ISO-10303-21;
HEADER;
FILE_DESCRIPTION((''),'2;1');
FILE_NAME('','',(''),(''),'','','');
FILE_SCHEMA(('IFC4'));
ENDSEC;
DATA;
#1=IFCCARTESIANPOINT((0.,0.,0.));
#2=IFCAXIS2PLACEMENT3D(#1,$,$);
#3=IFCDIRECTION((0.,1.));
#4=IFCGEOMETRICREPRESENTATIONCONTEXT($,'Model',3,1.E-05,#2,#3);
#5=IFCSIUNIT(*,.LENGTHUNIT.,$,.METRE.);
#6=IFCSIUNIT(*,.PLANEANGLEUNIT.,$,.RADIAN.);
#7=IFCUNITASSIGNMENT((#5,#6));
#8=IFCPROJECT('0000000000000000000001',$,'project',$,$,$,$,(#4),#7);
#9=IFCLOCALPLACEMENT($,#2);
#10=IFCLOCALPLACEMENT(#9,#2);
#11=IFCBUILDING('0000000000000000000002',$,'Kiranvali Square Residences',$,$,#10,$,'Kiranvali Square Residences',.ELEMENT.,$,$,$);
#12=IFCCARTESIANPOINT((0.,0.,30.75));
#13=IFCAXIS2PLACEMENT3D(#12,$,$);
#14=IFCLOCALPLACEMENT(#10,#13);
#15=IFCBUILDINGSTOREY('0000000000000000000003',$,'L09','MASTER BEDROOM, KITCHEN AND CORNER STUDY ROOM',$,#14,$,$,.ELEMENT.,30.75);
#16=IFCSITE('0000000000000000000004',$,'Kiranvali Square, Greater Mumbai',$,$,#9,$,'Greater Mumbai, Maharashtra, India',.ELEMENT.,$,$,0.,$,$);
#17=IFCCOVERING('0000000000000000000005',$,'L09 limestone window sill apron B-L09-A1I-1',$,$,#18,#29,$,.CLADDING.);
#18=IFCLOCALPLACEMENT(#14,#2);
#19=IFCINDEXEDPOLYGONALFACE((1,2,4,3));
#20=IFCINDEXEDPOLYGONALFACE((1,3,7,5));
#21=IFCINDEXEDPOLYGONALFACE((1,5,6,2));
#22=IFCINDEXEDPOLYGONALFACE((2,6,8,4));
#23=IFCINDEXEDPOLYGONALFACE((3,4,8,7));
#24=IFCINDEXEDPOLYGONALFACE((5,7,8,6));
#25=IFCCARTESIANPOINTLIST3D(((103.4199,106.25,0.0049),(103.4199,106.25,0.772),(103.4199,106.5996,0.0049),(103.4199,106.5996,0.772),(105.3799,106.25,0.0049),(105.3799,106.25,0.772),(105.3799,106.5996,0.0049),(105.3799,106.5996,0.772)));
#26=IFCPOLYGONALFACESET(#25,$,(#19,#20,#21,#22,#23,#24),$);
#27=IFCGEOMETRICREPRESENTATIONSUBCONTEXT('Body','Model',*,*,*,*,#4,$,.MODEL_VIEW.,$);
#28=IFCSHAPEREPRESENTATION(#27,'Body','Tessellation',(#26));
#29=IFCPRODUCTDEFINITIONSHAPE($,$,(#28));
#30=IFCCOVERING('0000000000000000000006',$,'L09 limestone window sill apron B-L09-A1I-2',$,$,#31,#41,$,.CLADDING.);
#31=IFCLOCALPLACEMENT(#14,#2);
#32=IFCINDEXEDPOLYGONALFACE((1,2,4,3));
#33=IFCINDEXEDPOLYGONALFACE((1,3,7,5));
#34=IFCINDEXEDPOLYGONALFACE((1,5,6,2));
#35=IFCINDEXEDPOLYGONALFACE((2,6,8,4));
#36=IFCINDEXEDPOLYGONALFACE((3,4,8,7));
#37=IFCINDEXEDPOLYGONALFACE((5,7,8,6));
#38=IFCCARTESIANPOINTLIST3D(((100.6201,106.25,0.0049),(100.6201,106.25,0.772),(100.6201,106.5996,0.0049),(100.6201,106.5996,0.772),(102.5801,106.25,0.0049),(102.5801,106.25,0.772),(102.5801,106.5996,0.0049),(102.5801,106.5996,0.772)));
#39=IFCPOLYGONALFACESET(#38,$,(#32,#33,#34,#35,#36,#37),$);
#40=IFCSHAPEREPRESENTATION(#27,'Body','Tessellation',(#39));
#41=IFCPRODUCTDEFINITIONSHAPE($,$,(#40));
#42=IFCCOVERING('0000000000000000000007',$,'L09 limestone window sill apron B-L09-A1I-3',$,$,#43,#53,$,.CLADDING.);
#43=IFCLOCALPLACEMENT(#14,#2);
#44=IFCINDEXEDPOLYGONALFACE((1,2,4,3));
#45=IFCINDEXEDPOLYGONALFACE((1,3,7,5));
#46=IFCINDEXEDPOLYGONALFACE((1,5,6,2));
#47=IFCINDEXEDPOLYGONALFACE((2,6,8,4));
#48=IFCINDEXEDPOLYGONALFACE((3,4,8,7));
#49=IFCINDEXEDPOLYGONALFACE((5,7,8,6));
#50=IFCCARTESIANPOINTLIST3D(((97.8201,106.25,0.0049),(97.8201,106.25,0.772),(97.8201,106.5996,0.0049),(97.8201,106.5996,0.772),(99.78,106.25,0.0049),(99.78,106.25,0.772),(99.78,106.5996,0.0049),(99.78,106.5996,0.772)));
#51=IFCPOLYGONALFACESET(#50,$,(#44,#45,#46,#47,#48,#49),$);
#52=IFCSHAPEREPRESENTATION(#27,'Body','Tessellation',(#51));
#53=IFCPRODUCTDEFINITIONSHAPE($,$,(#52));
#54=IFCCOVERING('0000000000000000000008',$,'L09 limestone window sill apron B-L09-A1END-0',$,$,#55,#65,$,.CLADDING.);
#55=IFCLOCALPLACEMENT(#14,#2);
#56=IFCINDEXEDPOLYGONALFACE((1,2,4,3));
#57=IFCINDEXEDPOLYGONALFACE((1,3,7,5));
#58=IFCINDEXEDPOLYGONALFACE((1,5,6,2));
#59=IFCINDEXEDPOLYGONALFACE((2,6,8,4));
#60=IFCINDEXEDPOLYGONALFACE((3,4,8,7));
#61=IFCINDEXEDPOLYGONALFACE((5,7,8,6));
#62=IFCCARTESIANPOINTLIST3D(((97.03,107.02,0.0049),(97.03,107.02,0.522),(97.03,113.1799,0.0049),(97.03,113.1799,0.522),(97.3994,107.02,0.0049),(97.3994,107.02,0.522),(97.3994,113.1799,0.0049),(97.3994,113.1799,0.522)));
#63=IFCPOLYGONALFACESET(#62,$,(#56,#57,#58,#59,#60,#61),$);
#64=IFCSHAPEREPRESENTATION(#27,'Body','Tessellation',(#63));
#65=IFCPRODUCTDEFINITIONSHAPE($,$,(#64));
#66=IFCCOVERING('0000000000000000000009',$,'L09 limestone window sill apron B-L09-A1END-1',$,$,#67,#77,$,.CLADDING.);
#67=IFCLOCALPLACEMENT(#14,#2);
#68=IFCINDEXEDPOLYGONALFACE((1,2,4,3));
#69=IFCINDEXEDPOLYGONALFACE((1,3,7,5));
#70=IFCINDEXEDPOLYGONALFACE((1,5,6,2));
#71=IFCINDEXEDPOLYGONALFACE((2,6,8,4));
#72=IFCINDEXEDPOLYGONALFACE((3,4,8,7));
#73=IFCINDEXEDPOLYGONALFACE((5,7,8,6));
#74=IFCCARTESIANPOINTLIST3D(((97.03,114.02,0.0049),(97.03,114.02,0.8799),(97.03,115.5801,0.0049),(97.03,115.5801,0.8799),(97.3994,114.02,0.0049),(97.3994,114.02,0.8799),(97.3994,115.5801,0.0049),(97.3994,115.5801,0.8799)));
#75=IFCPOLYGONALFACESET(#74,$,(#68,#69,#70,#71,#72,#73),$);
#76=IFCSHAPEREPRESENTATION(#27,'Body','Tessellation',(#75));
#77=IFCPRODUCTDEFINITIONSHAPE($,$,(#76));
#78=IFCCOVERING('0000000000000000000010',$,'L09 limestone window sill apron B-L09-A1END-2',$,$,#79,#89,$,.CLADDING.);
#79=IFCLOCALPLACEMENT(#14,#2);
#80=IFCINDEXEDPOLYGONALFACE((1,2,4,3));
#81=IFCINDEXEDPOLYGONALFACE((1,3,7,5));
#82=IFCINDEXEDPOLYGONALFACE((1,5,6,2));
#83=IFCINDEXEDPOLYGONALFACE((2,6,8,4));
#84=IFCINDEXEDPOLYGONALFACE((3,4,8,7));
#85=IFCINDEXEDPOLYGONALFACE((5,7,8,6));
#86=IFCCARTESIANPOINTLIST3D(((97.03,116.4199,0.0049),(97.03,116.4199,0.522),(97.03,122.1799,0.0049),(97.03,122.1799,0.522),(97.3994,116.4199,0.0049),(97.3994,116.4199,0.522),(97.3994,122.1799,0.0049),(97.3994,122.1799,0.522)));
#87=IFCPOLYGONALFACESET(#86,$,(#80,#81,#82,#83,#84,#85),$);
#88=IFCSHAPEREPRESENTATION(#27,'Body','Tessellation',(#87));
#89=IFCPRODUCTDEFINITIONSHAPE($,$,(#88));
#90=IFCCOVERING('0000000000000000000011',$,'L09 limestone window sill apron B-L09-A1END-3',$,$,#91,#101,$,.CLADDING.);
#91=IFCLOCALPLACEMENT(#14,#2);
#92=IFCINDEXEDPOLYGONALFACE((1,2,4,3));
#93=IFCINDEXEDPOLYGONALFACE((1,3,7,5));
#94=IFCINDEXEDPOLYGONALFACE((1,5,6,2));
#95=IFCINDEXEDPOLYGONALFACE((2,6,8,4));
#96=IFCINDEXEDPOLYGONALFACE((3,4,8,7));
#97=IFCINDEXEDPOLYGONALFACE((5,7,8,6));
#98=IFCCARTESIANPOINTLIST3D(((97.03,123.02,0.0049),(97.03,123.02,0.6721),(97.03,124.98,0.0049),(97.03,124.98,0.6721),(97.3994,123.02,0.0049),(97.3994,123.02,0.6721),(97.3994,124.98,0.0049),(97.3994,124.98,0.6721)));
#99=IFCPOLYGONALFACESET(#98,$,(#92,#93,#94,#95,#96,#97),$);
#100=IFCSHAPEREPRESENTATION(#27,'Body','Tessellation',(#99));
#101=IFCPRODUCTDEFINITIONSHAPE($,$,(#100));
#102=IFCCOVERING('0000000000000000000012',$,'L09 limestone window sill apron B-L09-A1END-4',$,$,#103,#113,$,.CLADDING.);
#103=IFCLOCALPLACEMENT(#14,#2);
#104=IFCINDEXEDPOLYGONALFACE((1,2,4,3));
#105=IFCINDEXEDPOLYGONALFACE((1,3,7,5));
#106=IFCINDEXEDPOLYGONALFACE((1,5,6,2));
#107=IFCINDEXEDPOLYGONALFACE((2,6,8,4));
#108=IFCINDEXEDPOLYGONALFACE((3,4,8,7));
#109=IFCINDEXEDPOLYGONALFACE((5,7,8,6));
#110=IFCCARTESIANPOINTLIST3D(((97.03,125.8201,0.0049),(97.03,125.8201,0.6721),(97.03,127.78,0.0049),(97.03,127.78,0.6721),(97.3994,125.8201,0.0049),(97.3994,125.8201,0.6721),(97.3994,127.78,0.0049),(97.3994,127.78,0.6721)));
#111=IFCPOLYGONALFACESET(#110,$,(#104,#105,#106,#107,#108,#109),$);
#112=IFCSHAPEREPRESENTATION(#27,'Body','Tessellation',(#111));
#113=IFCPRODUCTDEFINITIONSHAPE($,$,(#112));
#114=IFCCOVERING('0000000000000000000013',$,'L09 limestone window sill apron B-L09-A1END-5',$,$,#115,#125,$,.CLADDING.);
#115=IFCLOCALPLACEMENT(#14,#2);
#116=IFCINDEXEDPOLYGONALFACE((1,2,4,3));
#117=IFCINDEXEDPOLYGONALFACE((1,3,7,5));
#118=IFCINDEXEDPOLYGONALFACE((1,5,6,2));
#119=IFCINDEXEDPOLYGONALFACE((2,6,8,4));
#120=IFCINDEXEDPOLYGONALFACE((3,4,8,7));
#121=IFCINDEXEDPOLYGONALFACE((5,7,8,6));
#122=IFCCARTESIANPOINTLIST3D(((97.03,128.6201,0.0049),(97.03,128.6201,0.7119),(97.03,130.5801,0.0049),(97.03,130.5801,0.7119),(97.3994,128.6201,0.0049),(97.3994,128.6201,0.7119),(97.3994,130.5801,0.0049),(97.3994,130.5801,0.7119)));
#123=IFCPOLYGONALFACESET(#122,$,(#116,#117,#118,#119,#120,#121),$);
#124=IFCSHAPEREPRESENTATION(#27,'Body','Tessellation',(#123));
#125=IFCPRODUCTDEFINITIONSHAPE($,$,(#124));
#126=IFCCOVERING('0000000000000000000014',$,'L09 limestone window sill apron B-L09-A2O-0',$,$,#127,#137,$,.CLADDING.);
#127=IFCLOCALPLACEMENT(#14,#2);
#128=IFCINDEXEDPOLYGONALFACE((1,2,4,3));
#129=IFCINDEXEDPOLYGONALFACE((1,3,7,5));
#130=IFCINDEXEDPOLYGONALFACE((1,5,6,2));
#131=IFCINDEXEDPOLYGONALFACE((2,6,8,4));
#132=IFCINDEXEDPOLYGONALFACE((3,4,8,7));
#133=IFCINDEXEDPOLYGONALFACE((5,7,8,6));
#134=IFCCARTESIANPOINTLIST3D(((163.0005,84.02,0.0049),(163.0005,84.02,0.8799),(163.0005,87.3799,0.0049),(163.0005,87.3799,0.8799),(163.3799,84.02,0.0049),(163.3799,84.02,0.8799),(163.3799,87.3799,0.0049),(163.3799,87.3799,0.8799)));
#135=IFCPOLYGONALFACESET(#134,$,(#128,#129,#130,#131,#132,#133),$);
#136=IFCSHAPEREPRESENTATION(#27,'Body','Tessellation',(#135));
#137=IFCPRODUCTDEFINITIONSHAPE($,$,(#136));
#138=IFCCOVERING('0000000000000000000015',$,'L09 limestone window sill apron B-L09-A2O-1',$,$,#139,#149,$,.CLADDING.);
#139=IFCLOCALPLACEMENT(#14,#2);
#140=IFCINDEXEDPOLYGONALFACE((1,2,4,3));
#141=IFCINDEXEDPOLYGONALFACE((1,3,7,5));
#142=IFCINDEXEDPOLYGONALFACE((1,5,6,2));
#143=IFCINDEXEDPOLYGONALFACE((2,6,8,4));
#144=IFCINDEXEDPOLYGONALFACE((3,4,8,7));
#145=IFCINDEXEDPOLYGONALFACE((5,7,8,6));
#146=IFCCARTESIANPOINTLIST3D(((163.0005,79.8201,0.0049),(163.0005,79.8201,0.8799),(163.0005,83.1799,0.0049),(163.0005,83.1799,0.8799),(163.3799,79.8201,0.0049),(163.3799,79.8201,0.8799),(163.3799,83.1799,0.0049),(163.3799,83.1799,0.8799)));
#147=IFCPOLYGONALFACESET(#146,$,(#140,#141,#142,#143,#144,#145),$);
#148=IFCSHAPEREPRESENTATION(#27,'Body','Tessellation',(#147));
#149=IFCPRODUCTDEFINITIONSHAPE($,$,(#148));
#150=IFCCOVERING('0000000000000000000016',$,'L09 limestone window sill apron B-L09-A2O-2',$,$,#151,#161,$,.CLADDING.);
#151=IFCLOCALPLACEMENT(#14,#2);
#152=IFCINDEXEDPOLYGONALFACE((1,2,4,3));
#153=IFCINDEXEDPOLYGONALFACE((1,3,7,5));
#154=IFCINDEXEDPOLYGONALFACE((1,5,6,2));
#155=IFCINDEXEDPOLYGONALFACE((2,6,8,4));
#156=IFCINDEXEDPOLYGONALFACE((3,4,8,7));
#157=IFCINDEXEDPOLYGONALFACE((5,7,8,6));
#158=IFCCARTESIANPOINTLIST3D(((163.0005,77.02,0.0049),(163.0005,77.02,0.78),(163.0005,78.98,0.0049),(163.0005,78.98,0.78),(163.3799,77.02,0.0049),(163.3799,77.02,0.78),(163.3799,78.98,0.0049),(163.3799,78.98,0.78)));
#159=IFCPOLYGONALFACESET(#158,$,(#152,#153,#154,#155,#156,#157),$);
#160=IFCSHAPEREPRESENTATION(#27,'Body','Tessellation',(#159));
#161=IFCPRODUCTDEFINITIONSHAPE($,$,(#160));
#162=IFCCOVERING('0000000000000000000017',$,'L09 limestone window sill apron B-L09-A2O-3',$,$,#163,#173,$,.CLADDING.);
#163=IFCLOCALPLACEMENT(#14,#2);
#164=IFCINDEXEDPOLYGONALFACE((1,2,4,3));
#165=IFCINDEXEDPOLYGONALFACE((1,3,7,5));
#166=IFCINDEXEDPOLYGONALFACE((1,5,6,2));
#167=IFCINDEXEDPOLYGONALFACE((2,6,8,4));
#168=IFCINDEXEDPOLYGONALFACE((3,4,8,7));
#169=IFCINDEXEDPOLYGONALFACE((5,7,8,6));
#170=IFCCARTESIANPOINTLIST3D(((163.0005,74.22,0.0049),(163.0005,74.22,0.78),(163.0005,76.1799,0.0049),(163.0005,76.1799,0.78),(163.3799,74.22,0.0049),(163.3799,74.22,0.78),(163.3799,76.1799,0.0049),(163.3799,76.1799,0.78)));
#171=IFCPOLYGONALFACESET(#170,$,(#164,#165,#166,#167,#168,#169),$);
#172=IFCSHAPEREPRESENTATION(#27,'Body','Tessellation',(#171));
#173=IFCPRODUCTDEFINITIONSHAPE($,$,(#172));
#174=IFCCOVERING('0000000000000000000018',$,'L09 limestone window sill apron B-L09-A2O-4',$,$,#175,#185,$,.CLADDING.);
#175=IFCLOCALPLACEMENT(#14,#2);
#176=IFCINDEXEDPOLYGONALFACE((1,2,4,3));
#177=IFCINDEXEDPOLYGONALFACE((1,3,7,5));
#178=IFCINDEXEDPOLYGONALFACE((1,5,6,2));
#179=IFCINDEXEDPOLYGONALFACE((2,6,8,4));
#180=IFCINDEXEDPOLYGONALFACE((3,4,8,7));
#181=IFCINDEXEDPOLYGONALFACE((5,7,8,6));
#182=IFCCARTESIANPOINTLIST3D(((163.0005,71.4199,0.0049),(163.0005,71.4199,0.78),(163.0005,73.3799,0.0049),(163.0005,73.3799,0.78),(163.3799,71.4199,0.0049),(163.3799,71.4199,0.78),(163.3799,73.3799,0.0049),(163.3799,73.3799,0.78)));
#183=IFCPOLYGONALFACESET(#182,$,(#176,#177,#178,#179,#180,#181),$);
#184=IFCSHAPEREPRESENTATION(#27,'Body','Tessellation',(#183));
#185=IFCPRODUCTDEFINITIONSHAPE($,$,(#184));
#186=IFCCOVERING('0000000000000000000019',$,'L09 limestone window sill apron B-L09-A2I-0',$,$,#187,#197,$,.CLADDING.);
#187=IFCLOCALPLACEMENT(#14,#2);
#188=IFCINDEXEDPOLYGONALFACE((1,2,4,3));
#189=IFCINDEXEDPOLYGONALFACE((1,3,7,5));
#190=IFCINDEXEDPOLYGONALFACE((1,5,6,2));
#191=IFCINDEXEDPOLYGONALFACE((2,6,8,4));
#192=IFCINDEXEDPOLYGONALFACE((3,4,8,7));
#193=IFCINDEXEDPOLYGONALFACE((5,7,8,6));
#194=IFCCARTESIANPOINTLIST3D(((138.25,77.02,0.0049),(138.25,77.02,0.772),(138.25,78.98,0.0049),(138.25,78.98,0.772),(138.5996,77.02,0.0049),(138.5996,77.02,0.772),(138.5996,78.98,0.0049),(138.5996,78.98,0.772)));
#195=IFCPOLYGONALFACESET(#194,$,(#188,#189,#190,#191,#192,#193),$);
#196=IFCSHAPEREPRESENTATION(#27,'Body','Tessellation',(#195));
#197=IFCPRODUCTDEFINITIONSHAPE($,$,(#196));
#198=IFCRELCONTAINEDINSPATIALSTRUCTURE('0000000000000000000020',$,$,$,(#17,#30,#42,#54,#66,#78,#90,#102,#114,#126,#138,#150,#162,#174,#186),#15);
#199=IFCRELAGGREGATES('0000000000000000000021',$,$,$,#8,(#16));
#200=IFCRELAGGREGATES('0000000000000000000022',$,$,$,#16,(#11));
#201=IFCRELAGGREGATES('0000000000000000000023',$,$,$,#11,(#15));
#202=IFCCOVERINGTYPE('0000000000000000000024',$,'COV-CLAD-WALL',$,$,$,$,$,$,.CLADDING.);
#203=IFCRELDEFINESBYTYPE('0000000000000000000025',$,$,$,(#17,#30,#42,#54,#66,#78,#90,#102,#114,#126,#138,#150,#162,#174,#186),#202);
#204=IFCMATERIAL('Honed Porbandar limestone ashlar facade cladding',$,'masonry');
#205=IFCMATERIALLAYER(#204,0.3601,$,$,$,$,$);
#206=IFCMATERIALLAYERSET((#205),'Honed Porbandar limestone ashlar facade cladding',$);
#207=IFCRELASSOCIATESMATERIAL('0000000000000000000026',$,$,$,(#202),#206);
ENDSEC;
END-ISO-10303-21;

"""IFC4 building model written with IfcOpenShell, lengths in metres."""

from ifc_helpers import new_model, si_unit, direction, frame, origin, place, context, subcontext, project, spatial, polyline, outline, extrude, material, layer, layer_set, type_object, element, save


model = new_model("IFC4")

# Units and contexts
model_context = context("Model", 3, precision=1e-05, world=origin(), true_north=direction((0.0, 1.0)))
body_context = subcontext(model_context, "Body", "Model", "MODEL_VIEW")
ifc_project = project(units=[si_unit("LENGTHUNIT", "METRE"), si_unit("PLANEANGLEUNIT", "RADIAN")], contexts=[model_context])

# Site, building, storey
site_placement = place(None, origin())
site = spatial("IfcSite", under=ifc_project, at=site_placement, Name="Kiranvali Square, Greater Mumbai", LongName="Greater Mumbai, Maharashtra, India", CompositionType="ELEMENT", RefElevation=0.0)
building_placement = place(site_placement, origin())
building = spatial("IfcBuilding", under=site, at=building_placement, Name="Kiranvali Square Residences", LongName="Kiranvali Square Residences", CompositionType="ELEMENT")
storey_placement = place(building_placement, frame((0.0, 0.0, 30.75)))
storey = spatial("IfcBuildingStorey", under=building, at=storey_placement, Name="L09", Description="MASTER BEDROOM, KITCHEN AND CORNER STUDY ROOM", CompositionType="ELEMENT", Elevation=30.75)

# Coverings
ifc_material = material(Name="Honed Porbandar limestone ashlar facade cladding", Category="masonry")
ifc_layer_1 = layer(ifc_material, 0.3601)
ifc_layer_set_1 = layer_set([ifc_layer_1], Name="Honed Porbandar limestone ashlar facade cladding")
covering_type_1 = type_object("IfcCoveringType", Name="COV-CLAD-WALL", PredefinedType="CLADDING", material=ifc_layer_set_1)
covering_1_placement = place(storey_placement, frame((0.0, 0.0, 0.0049)))
element("IfcCovering", 1, at=covering_1_placement, inside=storey, type_object=covering_type_1, Name="L09 limestone window sill apron B-L09-A1I-1", PredefinedType="CLADDING", context=body_context, shape_type="SweptSolid", body=[
    extrude(outline(polyline([(105.3799, 106.5996), (103.4199, 106.5996), (103.4199, 106.25), (105.3799, 106.25), (105.3799, 106.5996)])), origin(), (0.0, 0.0, 1.0), 0.7671),
])
covering_2_placement = place(storey_placement, frame((0.0, 0.0, 0.0049)))
element("IfcCovering", 2, at=covering_2_placement, inside=storey, type_object=covering_type_1, Name="L09 limestone window sill apron B-L09-A1I-2", PredefinedType="CLADDING", context=body_context, shape_type="SweptSolid", body=[
    extrude(outline(polyline([(102.5801, 106.5996), (100.6201, 106.5996), (100.6201, 106.25), (102.5801, 106.25), (102.5801, 106.5996)])), origin(), (0.0, 0.0, 1.0), 0.7671),
])
covering_3_placement = place(storey_placement, frame((0.0, 0.0, 0.0049)))
element("IfcCovering", 3, at=covering_3_placement, inside=storey, type_object=covering_type_1, Name="L09 limestone window sill apron B-L09-A1I-3", PredefinedType="CLADDING", context=body_context, shape_type="SweptSolid", body=[
    extrude(outline(polyline([(99.78, 106.5996), (97.8201, 106.5996), (97.8201, 106.25), (99.78, 106.25), (99.78, 106.5996)])), origin(), (0.0, 0.0, 1.0), 0.7671),
])
covering_4_placement = place(storey_placement, frame((0.0, 0.0, 0.0049)))
element("IfcCovering", 4, at=covering_4_placement, inside=storey, type_object=covering_type_1, Name="L09 limestone window sill apron B-L09-A1END-0", PredefinedType="CLADDING", context=body_context, shape_type="SweptSolid", body=[
    extrude(outline(polyline([(97.3994, 107.02), (97.3994, 113.1799), (97.03, 113.1799), (97.03, 107.02), (97.3994, 107.02)])), origin(), (0.0, 0.0, 1.0), 0.5171),
])
covering_5_placement = place(storey_placement, frame((0.0, 0.0, 0.0049)))
element("IfcCovering", 5, at=covering_5_placement, inside=storey, type_object=covering_type_1, Name="L09 limestone window sill apron B-L09-A1END-1", PredefinedType="CLADDING", context=body_context, shape_type="SweptSolid", body=[
    extrude(outline(polyline([(97.3994, 114.02), (97.3994, 115.5801), (97.03, 115.5801), (97.03, 114.02), (97.3994, 114.02)])), origin(), (0.0, 0.0, 1.0), 0.875),
])
covering_6_placement = place(storey_placement, frame((0.0, 0.0, 0.0049)))
element("IfcCovering", 6, at=covering_6_placement, inside=storey, type_object=covering_type_1, Name="L09 limestone window sill apron B-L09-A1END-2", PredefinedType="CLADDING", context=body_context, shape_type="SweptSolid", body=[
    extrude(outline(polyline([(97.3994, 116.4199), (97.3994, 122.1799), (97.03, 122.1799), (97.03, 116.4199), (97.3994, 116.4199)])), origin(), (0.0, 0.0, 1.0), 0.5171),
])
covering_7_placement = place(storey_placement, frame((0.0, 0.0, 0.0049)))
element("IfcCovering", 7, at=covering_7_placement, inside=storey, type_object=covering_type_1, Name="L09 limestone window sill apron B-L09-A1END-3", PredefinedType="CLADDING", context=body_context, shape_type="SweptSolid", body=[
    extrude(outline(polyline([(97.3994, 123.02), (97.3994, 124.98), (97.03, 124.98), (97.03, 123.02), (97.3994, 123.02)])), origin(), (0.0, 0.0, 1.0), 0.6672),
])
covering_8_placement = place(storey_placement, frame((0.0, 0.0, 0.0049)))
element("IfcCovering", 8, at=covering_8_placement, inside=storey, type_object=covering_type_1, Name="L09 limestone window sill apron B-L09-A1END-4", PredefinedType="CLADDING", context=body_context, shape_type="SweptSolid", body=[
    extrude(outline(polyline([(97.3994, 125.8201), (97.3994, 127.78), (97.03, 127.78), (97.03, 125.8201), (97.3994, 125.8201)])), origin(), (0.0, 0.0, 1.0), 0.6672),
])
covering_9_placement = place(storey_placement, frame((0.0, 0.0, 0.0049)))
element("IfcCovering", 9, at=covering_9_placement, inside=storey, type_object=covering_type_1, Name="L09 limestone window sill apron B-L09-A1END-5", PredefinedType="CLADDING", context=body_context, shape_type="SweptSolid", body=[
    extrude(outline(polyline([(97.3994, 128.6201), (97.3994, 130.5801), (97.03, 130.5801), (97.03, 128.6201), (97.3994, 128.6201)])), origin(), (0.0, 0.0, 1.0), 0.707),
])
covering_10_placement = place(storey_placement, frame((0.0, 0.0, 0.0049)))
element("IfcCovering", 10, at=covering_10_placement, inside=storey, type_object=covering_type_1, Name="L09 limestone window sill apron B-L09-A2O-0", PredefinedType="CLADDING", context=body_context, shape_type="SweptSolid", body=[
    extrude(outline(polyline([(163.0005, 87.3799), (163.0005, 84.02), (163.3799, 84.02), (163.3799, 87.3799), (163.0005, 87.3799)])), origin(), (0.0, 0.0, 1.0), 0.875),
])
covering_11_placement = place(storey_placement, frame((0.0, 0.0, 0.0049)))
element("IfcCovering", 11, at=covering_11_placement, inside=storey, type_object=covering_type_1, Name="L09 limestone window sill apron B-L09-A2O-1", PredefinedType="CLADDING", context=body_context, shape_type="SweptSolid", body=[
    extrude(outline(polyline([(163.0005, 83.1799), (163.0005, 79.8201), (163.3799, 79.8201), (163.3799, 83.1799), (163.0005, 83.1799)])), origin(), (0.0, 0.0, 1.0), 0.875),
])
covering_12_placement = place(storey_placement, frame((0.0, 0.0, 0.0049)))
element("IfcCovering", 12, at=covering_12_placement, inside=storey, type_object=covering_type_1, Name="L09 limestone window sill apron B-L09-A2O-2", PredefinedType="CLADDING", context=body_context, shape_type="SweptSolid", body=[
    extrude(outline(polyline([(163.0005, 78.98), (163.0005, 77.02), (163.3799, 77.02), (163.3799, 78.98), (163.0005, 78.98)])), origin(), (0.0, 0.0, 1.0), 0.7751),
])
covering_13_placement = place(storey_placement, frame((0.0, 0.0, 0.0049)))
element("IfcCovering", 13, at=covering_13_placement, inside=storey, type_object=covering_type_1, Name="L09 limestone window sill apron B-L09-A2O-3", PredefinedType="CLADDING", context=body_context, shape_type="SweptSolid", body=[
    extrude(outline(polyline([(163.0005, 76.1799), (163.0005, 74.22), (163.3799, 74.22), (163.3799, 76.1799), (163.0005, 76.1799)])), origin(), (0.0, 0.0, 1.0), 0.7751),
])
covering_14_placement = place(storey_placement, frame((0.0, 0.0, 0.0049)))
element("IfcCovering", 14, at=covering_14_placement, inside=storey, type_object=covering_type_1, Name="L09 limestone window sill apron B-L09-A2O-4", PredefinedType="CLADDING", context=body_context, shape_type="SweptSolid", body=[
    extrude(outline(polyline([(163.0005, 73.3799), (163.0005, 71.4199), (163.3799, 71.4199), (163.3799, 73.3799), (163.0005, 73.3799)])), origin(), (0.0, 0.0, 1.0), 0.7751),
])
covering_15_placement = place(storey_placement, frame((0.0, 0.0, 0.0049)))
element("IfcCovering", 15, at=covering_15_placement, inside=storey, type_object=covering_type_1, Name="L09 limestone window sill apron B-L09-A2I-0", PredefinedType="CLADDING", context=body_context, shape_type="SweptSolid", body=[
    extrude(outline(polyline([(138.25, 78.98), (138.25, 77.02), (138.5996, 77.02), (138.5996, 78.98), (138.25, 78.98)])), origin(), (0.0, 0.0, 1.0), 0.7671),
])

save(model, "model.ifc")
